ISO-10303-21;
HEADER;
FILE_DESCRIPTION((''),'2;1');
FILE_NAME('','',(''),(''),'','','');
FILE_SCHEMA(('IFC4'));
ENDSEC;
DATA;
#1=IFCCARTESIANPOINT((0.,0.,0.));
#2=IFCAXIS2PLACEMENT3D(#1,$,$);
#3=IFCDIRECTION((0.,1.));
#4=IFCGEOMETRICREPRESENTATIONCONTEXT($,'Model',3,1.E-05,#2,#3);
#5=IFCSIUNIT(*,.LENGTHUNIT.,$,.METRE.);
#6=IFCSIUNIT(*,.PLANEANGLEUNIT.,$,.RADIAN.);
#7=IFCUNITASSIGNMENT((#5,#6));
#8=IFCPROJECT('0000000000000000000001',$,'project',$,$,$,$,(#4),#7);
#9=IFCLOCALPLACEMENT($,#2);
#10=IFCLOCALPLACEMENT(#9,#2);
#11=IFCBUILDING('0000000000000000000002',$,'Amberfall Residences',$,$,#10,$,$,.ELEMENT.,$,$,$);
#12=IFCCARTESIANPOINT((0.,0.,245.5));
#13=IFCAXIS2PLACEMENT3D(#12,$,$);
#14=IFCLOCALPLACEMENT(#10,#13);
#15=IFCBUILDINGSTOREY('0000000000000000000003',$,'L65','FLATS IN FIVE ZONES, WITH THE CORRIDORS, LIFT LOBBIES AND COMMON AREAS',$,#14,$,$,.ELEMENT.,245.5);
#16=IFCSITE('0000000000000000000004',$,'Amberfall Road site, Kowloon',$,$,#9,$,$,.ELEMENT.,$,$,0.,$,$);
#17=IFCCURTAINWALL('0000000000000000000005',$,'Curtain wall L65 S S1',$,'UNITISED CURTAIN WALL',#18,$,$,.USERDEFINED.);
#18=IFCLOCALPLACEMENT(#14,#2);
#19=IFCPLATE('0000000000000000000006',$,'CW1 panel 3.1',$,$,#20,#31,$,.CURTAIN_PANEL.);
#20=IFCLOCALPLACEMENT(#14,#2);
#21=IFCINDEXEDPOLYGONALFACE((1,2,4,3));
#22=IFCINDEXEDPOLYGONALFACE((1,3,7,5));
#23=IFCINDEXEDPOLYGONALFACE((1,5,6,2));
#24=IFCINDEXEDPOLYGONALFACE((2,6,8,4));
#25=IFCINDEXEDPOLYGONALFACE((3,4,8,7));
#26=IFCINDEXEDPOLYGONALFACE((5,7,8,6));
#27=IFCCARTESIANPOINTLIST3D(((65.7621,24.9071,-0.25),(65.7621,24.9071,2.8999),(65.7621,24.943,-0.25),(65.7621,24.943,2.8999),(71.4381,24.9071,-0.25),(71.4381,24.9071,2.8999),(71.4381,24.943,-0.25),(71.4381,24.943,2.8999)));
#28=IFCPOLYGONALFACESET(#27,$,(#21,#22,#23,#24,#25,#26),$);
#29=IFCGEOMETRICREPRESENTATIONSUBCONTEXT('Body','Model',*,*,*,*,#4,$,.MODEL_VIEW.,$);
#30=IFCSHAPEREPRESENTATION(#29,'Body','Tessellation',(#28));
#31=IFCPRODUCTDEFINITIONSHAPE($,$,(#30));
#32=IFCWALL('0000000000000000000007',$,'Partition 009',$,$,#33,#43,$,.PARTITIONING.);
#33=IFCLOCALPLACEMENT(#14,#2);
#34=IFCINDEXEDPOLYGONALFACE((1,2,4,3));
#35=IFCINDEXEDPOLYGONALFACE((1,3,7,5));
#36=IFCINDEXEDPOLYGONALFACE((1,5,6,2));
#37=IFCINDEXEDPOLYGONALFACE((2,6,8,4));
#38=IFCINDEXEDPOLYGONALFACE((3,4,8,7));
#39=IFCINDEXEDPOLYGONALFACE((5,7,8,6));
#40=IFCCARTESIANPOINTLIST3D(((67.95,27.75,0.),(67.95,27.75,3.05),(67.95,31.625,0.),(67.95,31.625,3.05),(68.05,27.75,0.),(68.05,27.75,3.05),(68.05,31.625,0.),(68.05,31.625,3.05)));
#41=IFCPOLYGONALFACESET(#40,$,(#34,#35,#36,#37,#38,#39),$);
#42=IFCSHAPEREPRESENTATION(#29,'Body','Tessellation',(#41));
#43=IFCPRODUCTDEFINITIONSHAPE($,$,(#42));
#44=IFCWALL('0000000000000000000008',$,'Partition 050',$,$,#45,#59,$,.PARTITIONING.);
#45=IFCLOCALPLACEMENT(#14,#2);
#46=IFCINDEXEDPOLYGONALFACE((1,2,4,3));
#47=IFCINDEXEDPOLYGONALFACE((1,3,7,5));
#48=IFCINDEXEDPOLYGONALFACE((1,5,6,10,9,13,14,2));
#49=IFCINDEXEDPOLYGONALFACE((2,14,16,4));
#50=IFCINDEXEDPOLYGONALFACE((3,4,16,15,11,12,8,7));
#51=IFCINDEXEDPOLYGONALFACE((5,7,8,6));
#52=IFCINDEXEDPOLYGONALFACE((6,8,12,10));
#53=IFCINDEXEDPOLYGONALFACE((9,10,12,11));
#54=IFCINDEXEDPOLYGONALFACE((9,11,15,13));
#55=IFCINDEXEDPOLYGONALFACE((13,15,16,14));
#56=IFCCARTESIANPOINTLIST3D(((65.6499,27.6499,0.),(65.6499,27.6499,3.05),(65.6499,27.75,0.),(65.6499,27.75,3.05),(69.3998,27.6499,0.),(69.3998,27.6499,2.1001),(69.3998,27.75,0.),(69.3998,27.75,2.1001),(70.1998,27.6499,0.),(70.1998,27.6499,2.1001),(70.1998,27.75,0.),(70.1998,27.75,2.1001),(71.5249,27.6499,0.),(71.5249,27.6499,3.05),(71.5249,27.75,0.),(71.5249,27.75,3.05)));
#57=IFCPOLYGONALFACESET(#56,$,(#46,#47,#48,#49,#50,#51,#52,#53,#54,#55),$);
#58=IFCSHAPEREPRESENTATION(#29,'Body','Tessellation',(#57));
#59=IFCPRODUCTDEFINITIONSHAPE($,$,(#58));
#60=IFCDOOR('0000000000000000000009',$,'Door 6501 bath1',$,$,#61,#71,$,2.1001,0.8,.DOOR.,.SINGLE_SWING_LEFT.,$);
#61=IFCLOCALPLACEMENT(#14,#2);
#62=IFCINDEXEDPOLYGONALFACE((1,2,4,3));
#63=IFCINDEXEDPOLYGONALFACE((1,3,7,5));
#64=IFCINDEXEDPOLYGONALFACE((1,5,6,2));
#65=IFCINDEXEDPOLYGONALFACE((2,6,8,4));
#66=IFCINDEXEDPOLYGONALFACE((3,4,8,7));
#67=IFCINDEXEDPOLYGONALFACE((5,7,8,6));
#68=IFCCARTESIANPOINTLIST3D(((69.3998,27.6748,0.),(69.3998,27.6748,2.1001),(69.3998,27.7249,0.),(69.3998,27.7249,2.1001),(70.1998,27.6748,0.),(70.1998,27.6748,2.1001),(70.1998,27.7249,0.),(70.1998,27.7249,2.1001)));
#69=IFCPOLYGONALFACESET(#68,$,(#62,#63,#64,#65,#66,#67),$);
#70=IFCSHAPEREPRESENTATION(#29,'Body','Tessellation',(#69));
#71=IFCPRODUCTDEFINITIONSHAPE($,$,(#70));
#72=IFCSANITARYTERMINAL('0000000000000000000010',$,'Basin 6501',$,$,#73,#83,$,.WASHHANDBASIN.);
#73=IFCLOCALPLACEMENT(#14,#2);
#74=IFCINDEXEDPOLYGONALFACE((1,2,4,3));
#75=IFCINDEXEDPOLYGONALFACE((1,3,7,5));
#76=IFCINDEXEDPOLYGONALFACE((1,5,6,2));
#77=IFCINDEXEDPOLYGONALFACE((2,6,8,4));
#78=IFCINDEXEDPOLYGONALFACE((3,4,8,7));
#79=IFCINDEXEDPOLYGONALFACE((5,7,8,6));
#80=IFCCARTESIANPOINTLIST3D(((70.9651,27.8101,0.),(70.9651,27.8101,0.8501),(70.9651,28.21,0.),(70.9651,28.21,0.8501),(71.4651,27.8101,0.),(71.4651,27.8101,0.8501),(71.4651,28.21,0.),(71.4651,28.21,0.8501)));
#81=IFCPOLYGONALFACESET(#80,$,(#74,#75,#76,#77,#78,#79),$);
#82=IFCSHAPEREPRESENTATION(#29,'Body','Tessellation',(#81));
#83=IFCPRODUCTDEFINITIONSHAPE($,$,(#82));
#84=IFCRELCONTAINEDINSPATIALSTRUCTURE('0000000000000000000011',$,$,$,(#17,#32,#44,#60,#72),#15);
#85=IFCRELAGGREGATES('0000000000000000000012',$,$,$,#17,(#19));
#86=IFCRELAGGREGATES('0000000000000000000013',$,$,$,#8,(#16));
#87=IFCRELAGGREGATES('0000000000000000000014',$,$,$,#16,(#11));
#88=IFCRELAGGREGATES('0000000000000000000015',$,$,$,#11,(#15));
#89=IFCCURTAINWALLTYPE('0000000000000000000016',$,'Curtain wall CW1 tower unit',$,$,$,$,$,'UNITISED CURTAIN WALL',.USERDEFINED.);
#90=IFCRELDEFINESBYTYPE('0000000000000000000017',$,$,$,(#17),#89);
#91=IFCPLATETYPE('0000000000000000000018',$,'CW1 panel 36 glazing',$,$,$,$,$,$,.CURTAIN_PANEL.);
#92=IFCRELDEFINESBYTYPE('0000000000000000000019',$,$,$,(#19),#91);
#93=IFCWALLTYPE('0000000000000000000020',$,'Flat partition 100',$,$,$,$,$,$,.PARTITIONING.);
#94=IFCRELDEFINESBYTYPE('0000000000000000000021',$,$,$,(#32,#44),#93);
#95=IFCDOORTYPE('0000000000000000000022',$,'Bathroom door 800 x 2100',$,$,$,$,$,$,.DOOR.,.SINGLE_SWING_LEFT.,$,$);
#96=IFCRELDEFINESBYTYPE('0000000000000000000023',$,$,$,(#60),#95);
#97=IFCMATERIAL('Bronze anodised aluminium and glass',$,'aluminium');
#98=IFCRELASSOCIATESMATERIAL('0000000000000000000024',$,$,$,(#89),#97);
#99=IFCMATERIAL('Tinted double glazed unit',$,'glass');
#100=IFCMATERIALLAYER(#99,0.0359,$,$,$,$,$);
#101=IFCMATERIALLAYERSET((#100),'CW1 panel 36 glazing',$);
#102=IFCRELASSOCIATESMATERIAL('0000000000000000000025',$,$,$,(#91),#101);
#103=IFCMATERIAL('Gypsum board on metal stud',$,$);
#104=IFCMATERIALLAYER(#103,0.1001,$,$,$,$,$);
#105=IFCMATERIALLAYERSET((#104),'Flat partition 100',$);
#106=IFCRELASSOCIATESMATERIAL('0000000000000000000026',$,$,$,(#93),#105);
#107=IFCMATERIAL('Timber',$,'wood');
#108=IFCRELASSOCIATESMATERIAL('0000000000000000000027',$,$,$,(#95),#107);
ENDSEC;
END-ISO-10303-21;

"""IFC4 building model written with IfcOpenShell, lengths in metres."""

from ifc_helpers import new_model, si_unit, direction, frame, frame_2d, origin, origin_2d, place, context, subcontext, project, spatial, rectangle, extrude, material, layer, layer_set, type_object, element, fill, aggregate, save


model = new_model("IFC4")

# Units and contexts
model_context = context("Model", 3, precision=1e-05, world=origin(), true_north=direction((0.0, 1.0)))
body_context = subcontext(model_context, "Body", "Model", "MODEL_VIEW")
ifc_project = project(units=[si_unit("LENGTHUNIT", "METRE"), si_unit("PLANEANGLEUNIT", "RADIAN")], contexts=[model_context])

# Site, building, storey
site_placement = place(None, origin())
site = spatial("IfcSite", under=ifc_project, at=site_placement, Name="Amberfall Road site, Kowloon", CompositionType="ELEMENT", RefElevation=0.0)
building_placement = place(site_placement, origin())
building = spatial("IfcBuilding", under=site, at=building_placement, Name="Amberfall Residences", CompositionType="ELEMENT")
storey_placement = place(building_placement, frame((0.0, 0.0, 245.5)))
storey = spatial("IfcBuildingStorey", under=building, at=storey_placement, Name="L65", Description="FLATS IN FIVE ZONES, WITH THE CORRIDORS, LIFT LOBBIES AND COMMON AREAS", CompositionType="ELEMENT", Elevation=245.5)

# Curtain wall
ifc_material_1 = material(Name="Bronze anodised aluminium and glass", Category="aluminium")
curtain_wall_type = type_object("IfcCurtainWallType", Name="Curtain wall CW1 tower unit", ElementType="UNITISED CURTAIN WALL", PredefinedType="USERDEFINED", material=ifc_material_1)
curtain_wall_placement = place(storey_placement, origin())
curtain_wall = element("IfcCurtainWall", 1, at=curtain_wall_placement, inside=storey, type_object=curtain_wall_type, Name="Curtain wall L65 S S1", ObjectType="UNITISED CURTAIN WALL", PredefinedType="USERDEFINED")

# Plate
ifc_material_2 = material(Name="Tinted double glazed unit", Category="glass")
ifc_layer_1 = layer(ifc_material_2, 0.0359)
ifc_layer_set_1 = layer_set([ifc_layer_1], Name="CW1 panel 36 glazing")
plate_type = type_object("IfcPlateType", Name="CW1 panel 36 glazing", PredefinedType="CURTAIN_PANEL", material=ifc_layer_set_1)
plate_1_placement = place(storey_placement, frame((68.6001, 24.925, -0.25), z_axis=(0.0, 0.0, 1.0), x_axis=(1.0, 0.0, 0.0)))
plate_1 = element("IfcPlate", 2, at=plate_1_placement, type_object=plate_type, Name="CW1 panel 3.1", PredefinedType="CURTAIN_PANEL", context=body_context, shape_type="SweptSolid", body=[
    extrude(rectangle(XDim=5.676, YDim=0.0359, at=origin_2d()), origin(), (0.0, 0.0, 1.0), 3.1499),
])
aggregate(curtain_wall, [plate_1])

# Wall
ifc_material_3 = material(Name="Gypsum board on metal stud")
ifc_layer_2 = layer(ifc_material_3, 0.1001)
ifc_layer_set_2 = layer_set([ifc_layer_2], Name="Flat partition 100")
wall_type = type_object("IfcWallType", Name="Flat partition 100", PredefinedType="PARTITIONING", material=ifc_layer_set_2)
wall_1_placement = place(storey_placement, frame((68.0, 27.75, 0.0), z_axis=(0.0, 0.0, 1.0), x_axis=(0.0, 1.0, 0.0)))
element("IfcWall", 3, at=wall_1_placement, inside=storey, type_object=wall_type, Name="Partition 009", PredefinedType="PARTITIONING", context=body_context, shape_type="SweptSolid", body=[
    extrude(rectangle(XDim=3.875, YDim=0.1001, at=frame_2d((1.9375, 0.0))), origin(), (0.0, 0.0, 1.0), 3.05),
])

# Wall, opening, door
wall_2_placement = place(storey_placement, frame((65.6499, 27.7, 0.0), z_axis=(0.0, 0.0, 1.0), x_axis=(1.0, 0.0, 0.0)))
wall_2 = element("IfcWall", 4, at=wall_2_placement, inside=storey, type_object=wall_type, Name="Partition 050", PredefinedType="PARTITIONING", context=body_context, shape_type="SweptSolid", body=[
    extrude(rectangle(XDim=5.875, YDim=0.1001, at=frame_2d((2.9375, 0.0))), origin(), (0.0, 0.0, 1.0), 3.05),
])
opening_placement = place(wall_2_placement, frame((3.75, 0.0, 0.0)))
opening = element("IfcOpeningElement", 5, at=opening_placement, cuts=wall_2, PredefinedType="OPENING", context=body_context, shape_type="SweptSolid", body=[
    extrude(rectangle(XDim=0.8, YDim=2.1001, at=frame_2d((0.3999, 1.05))), frame((0.0, 0.0601, 0.0), z_axis=(0.0, -1.0, 0.0), x_axis=(1.0, 0.0, 0.0)), (0.0, 0.0, 1.0), 0.1201),
])
ifc_material_4 = material(Name="Timber", Category="wood")
door_type = type_object("IfcDoorType", Name="Bathroom door 800 x 2100", OperationType="SINGLE_SWING_LEFT", PredefinedType="DOOR", material=ifc_material_4)
door_placement = place(opening_placement, origin())
door = element("IfcDoor", 6, at=door_placement, inside=storey, type_object=door_type, Name="Door 6501 bath1", OperationType="SINGLE_SWING_LEFT", OverallHeight=2.1001, OverallWidth=0.8, PredefinedType="DOOR", context=body_context, shape_type="SweptSolid", body=[
    extrude(rectangle(XDim=0.8, YDim=2.1001, at=frame_2d((0.3999, 1.05))), frame((0.0, 0.0249, 0.0), z_axis=(0.0, -1.0, 0.0), x_axis=(1.0, 0.0, 0.0)), (0.0, 0.0, 1.0), 0.05),
])
fill(opening, door)

# Sanitary terminal
sanitary_terminal_placement = place(storey_placement, frame((71.2151, 28.01, 0.0), z_axis=(0.0, 0.0, 1.0), x_axis=(1.0, 0.0, 0.0)))
element("IfcSanitaryTerminal", 7, at=sanitary_terminal_placement, inside=storey, Name="Basin 6501", PredefinedType="WASHHANDBASIN", context=body_context, shape_type="SweptSolid", body=[
    extrude(rectangle(XDim=0.5, YDim=0.3999, at=origin_2d()), origin(), (0.0, 0.0, 1.0), 0.8501),
])

save(model, "model.ifc")
